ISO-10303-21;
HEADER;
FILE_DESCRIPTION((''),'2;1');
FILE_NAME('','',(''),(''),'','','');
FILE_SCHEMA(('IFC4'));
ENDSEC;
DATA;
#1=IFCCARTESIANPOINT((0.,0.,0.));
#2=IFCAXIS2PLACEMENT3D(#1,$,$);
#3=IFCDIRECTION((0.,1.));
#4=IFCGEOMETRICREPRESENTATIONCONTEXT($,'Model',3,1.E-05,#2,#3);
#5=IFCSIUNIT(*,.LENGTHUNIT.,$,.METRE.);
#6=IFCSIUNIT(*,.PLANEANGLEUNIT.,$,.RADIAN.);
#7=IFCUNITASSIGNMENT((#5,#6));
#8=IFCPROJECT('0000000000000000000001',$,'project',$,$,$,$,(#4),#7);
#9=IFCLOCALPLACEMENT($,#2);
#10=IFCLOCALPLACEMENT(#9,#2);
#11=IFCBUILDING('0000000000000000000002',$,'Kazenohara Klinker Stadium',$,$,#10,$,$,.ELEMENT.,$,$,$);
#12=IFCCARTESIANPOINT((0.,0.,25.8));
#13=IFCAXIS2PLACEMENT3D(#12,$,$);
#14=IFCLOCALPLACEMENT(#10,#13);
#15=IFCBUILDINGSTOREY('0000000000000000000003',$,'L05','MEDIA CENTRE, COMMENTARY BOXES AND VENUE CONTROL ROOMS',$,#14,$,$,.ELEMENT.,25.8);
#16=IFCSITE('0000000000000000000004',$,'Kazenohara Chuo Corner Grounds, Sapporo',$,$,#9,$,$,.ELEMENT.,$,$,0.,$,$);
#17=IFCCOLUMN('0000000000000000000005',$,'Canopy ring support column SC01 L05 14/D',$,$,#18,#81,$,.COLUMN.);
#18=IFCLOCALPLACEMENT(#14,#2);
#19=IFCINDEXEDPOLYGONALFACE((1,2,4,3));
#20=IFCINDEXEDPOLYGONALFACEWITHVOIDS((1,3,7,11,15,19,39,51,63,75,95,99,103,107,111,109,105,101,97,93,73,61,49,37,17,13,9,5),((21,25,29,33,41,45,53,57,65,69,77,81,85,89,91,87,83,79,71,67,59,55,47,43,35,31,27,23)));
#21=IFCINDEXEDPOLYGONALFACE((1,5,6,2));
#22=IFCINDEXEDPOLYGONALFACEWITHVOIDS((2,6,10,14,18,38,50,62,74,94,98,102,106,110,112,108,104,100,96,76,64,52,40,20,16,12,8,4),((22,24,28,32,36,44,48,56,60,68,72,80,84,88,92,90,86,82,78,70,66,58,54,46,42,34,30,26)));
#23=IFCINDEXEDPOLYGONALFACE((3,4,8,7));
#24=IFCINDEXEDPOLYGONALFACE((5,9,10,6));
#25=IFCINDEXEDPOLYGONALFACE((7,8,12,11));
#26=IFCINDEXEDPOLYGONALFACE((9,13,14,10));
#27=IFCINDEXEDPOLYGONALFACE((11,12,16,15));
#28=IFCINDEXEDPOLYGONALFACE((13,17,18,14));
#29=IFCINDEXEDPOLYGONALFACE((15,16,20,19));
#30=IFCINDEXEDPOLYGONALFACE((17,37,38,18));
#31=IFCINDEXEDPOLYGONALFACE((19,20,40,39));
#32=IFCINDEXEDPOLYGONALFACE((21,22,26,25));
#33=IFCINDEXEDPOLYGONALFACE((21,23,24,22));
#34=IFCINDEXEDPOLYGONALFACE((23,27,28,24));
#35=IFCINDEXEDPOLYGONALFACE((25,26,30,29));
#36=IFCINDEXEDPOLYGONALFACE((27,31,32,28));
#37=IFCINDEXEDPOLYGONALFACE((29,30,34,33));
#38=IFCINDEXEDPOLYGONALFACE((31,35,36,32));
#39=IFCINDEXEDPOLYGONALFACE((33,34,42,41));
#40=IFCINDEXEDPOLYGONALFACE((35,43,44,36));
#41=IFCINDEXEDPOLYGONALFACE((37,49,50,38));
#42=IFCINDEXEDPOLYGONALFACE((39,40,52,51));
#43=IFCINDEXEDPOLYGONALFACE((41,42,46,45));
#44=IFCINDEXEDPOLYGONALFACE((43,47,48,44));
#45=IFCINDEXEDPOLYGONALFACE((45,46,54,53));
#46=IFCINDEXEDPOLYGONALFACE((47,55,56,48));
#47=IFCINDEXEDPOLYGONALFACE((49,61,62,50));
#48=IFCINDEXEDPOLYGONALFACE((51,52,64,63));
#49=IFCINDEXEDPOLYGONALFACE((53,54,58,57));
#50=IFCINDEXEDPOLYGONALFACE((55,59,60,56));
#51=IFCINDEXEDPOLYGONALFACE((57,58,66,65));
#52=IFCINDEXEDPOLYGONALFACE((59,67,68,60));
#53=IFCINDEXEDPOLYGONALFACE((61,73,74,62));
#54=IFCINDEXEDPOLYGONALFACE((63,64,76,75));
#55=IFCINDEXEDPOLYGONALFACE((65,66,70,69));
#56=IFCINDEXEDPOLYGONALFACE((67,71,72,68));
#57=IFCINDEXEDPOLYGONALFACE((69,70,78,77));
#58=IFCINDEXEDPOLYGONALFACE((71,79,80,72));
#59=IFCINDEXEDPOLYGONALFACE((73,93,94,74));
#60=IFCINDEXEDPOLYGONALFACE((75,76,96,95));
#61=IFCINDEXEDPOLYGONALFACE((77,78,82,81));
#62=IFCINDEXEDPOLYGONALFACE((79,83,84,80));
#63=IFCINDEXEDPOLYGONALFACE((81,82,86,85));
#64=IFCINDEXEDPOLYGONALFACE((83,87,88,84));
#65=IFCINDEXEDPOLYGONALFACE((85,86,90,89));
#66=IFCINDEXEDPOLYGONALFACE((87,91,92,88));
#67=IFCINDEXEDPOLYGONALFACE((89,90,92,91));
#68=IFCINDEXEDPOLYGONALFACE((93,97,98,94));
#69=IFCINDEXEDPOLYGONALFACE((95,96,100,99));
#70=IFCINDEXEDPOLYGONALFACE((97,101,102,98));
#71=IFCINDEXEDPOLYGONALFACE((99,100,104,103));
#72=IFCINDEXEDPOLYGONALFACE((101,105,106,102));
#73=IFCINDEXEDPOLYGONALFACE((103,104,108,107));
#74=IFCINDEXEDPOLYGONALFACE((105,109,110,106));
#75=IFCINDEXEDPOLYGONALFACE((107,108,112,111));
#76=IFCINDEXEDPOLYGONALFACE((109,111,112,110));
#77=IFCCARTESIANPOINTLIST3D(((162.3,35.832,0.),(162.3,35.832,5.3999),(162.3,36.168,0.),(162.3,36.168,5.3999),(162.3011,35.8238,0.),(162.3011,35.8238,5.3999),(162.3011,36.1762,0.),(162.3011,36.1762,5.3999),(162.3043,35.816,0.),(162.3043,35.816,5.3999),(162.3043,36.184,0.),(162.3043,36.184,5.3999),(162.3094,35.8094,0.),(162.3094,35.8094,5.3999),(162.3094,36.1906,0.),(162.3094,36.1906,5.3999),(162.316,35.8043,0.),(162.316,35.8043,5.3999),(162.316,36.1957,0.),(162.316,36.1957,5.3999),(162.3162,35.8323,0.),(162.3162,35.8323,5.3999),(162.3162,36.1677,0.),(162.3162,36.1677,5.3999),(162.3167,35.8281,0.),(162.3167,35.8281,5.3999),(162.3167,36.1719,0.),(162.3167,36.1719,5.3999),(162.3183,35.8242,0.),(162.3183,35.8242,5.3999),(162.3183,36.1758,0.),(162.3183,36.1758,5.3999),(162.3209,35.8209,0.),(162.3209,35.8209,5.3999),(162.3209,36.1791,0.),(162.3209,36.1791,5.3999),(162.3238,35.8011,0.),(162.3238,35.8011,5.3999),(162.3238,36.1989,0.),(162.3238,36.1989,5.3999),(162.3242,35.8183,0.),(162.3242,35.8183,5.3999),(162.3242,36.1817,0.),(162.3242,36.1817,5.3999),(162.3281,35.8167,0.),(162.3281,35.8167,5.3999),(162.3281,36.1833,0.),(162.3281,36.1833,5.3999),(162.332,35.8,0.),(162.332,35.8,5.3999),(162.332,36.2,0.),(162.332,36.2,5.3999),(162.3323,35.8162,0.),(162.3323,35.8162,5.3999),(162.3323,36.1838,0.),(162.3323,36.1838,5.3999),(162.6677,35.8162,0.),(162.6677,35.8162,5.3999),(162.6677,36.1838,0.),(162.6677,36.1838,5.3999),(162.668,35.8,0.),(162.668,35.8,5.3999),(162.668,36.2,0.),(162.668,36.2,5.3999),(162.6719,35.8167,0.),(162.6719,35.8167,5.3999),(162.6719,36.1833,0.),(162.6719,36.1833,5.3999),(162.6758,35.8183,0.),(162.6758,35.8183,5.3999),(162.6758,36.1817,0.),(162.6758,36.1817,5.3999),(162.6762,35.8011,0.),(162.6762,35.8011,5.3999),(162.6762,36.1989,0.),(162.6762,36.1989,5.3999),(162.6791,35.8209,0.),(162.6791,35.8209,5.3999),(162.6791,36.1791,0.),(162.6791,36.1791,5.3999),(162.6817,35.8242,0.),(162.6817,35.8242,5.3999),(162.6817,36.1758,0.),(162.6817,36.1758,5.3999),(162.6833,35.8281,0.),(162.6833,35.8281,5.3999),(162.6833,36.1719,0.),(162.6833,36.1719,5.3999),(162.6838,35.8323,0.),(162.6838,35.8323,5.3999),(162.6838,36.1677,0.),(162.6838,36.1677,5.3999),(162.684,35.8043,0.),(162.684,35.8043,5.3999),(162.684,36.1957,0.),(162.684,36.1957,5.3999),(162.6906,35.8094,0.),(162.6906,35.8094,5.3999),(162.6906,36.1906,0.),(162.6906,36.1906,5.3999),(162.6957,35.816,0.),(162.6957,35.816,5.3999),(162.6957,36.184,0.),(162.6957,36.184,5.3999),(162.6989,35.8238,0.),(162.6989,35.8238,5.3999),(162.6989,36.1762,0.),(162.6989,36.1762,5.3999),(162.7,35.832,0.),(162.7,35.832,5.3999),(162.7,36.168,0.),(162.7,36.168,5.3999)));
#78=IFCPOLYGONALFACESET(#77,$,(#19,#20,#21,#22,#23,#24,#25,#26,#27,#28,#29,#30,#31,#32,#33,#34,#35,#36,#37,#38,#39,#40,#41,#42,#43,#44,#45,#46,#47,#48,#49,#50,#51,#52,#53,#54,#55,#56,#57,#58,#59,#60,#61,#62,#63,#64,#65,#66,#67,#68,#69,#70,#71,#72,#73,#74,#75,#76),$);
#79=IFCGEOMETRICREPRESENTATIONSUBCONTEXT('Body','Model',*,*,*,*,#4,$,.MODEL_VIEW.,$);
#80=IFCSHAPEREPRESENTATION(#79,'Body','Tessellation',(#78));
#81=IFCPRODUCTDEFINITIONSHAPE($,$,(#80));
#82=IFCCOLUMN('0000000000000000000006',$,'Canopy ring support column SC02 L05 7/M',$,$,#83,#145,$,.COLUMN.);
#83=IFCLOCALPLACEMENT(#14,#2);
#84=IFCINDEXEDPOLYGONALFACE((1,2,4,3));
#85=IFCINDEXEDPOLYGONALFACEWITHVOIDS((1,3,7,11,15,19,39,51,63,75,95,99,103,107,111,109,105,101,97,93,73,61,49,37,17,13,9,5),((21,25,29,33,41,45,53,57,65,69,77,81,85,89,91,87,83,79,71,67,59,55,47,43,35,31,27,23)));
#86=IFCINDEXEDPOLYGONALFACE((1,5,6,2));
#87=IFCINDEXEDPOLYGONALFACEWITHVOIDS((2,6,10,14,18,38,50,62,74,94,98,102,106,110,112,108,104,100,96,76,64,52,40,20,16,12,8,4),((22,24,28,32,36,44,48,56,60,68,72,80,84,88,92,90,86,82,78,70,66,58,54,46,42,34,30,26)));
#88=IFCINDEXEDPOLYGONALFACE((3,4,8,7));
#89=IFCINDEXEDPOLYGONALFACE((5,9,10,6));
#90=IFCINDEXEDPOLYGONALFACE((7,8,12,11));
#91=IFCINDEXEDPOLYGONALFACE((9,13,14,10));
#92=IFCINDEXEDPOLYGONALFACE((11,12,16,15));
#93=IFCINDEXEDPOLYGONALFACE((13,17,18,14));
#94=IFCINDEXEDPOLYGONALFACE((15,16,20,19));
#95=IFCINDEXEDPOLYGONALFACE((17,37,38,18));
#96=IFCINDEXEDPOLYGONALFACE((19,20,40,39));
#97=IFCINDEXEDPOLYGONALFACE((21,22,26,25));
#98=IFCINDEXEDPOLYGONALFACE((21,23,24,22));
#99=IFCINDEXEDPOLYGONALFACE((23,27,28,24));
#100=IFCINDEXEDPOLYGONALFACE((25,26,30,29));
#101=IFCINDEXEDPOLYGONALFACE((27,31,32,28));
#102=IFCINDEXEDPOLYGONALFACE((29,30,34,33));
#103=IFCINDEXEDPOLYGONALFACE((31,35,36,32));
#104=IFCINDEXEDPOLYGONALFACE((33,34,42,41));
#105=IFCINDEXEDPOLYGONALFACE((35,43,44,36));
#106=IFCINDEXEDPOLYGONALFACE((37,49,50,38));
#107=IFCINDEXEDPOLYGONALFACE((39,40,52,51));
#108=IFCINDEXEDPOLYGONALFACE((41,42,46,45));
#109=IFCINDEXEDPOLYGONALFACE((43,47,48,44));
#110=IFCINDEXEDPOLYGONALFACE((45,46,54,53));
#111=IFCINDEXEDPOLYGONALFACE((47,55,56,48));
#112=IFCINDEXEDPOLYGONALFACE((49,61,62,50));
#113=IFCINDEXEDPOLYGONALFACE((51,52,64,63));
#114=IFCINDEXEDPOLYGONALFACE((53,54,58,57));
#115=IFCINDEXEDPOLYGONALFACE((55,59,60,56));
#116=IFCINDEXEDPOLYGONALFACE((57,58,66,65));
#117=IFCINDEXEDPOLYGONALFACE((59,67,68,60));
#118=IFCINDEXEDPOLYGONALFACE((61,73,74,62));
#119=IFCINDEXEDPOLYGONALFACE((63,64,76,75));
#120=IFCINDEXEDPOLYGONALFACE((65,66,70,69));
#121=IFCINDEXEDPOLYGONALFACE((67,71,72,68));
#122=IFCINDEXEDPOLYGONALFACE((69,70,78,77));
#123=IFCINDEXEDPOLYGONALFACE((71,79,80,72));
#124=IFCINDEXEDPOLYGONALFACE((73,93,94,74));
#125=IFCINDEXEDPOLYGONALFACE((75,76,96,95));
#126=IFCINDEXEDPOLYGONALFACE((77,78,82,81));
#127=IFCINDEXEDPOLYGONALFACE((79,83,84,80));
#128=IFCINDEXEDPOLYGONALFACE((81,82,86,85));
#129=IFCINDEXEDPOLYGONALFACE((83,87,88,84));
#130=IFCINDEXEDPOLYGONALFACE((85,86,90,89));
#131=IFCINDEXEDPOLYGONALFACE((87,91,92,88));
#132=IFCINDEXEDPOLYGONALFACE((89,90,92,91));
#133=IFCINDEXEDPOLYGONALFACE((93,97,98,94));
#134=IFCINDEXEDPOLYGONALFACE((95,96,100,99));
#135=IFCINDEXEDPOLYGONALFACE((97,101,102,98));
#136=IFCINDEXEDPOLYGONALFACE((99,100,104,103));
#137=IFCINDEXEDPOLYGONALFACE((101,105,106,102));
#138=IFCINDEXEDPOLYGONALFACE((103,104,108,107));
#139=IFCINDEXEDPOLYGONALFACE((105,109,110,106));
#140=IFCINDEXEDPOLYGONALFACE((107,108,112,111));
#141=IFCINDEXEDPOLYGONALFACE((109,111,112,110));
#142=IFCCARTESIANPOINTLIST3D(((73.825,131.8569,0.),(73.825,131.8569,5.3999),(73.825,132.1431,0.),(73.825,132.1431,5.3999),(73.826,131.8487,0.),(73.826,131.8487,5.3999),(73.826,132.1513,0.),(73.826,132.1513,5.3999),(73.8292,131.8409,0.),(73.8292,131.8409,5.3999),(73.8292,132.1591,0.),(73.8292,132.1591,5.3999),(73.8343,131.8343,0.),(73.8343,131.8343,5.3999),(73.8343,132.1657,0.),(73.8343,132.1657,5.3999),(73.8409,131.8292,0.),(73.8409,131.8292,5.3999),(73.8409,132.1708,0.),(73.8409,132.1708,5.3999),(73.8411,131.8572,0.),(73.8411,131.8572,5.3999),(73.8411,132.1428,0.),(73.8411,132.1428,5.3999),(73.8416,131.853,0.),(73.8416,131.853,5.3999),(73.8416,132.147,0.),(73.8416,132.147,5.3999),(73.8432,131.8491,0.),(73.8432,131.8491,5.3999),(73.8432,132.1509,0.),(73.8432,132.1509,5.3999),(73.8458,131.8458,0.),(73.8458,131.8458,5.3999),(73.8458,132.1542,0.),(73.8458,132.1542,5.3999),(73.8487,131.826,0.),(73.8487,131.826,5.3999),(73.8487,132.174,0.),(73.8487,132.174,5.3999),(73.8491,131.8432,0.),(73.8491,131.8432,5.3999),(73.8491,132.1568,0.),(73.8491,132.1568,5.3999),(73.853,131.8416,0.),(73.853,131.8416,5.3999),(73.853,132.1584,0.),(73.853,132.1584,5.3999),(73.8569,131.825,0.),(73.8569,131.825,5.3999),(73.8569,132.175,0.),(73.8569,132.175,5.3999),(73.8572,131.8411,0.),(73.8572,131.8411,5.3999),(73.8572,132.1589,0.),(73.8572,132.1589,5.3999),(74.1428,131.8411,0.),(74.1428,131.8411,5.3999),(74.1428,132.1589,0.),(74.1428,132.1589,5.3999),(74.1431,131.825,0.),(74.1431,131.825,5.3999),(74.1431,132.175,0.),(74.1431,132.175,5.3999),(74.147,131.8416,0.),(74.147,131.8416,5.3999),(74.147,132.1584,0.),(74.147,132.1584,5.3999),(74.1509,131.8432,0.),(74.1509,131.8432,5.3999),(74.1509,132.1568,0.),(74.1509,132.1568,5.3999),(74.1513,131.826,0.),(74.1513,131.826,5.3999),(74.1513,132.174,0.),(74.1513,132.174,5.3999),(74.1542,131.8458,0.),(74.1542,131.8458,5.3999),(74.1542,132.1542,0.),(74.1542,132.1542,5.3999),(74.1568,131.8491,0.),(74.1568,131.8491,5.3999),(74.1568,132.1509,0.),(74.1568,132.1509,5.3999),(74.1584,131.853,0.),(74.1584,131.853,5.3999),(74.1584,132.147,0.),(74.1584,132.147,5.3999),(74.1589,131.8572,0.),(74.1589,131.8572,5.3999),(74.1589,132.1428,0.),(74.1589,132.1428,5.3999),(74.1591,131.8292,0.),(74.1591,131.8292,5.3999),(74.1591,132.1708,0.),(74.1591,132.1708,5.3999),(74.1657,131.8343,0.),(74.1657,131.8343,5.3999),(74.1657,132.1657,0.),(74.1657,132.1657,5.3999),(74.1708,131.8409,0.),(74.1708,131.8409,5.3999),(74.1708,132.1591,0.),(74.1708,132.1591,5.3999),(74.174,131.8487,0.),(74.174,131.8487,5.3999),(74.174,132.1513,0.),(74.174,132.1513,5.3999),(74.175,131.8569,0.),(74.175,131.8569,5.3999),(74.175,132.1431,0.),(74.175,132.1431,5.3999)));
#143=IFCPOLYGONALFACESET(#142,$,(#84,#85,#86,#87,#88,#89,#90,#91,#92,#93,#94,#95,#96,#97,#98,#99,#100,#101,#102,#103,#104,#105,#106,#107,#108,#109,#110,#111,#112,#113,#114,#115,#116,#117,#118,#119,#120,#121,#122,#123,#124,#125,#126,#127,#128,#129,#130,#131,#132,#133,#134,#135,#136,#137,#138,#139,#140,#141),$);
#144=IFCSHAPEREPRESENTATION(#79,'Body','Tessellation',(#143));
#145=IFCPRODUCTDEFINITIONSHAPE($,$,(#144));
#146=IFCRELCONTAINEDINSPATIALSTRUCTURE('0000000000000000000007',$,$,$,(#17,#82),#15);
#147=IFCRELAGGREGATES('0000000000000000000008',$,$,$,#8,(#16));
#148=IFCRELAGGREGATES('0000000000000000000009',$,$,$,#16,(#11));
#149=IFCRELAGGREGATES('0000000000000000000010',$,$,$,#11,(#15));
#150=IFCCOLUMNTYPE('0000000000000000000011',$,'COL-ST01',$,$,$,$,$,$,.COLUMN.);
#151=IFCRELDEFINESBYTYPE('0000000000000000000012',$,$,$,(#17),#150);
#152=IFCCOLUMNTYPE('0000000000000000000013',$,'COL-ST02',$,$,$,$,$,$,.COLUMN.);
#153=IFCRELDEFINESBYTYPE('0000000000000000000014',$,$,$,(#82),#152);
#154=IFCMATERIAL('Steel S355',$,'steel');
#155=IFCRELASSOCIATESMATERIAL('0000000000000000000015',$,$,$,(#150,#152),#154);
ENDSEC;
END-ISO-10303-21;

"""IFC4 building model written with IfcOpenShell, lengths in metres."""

from ifc_helpers import new_model, si_unit, direction, frame, origin, origin_2d, place, context, subcontext, project, spatial, hollow_rectangle, extrude, material, material_profile, profile_set, type_object, element, save


model = new_model("IFC4")

# Units and contexts
model_context = context("Model", 3, precision=1e-05, world=origin(), true_north=direction((0.0, 1.0)))
body_context = subcontext(model_context, "Body", "Model", "MODEL_VIEW")
ifc_project = project(units=[si_unit("LENGTHUNIT", "METRE"), si_unit("PLANEANGLEUNIT", "RADIAN")], contexts=[model_context])

# Site, building, storey
site_placement = place(None, origin())
site = spatial("IfcSite", under=ifc_project, at=site_placement, Name="Kazenohara Chuo Corner Grounds, Sapporo", CompositionType="ELEMENT", RefElevation=0.0)
building_placement = place(site_placement, origin())
building = spatial("IfcBuilding", under=site, at=building_placement, Name="Kazenohara Klinker Stadium", CompositionType="ELEMENT")
storey_placement = place(building_placement, frame((0.0, 0.0, 25.8)))
storey = spatial("IfcBuildingStorey", under=building, at=storey_placement, Name="L05", Description="MEDIA CENTRE, COMMENTARY BOXES AND VENUE CONTROL ROOMS", CompositionType="ELEMENT", Elevation=25.8)

# Columns
ifc_material_1 = material(Name="Steel S355", Category="steel")
ifc_material_profile_1 = material_profile(ifc_material_1, hollow_rectangle(XDim=0.3999, YDim=0.3999, WallThickness=0.0161, InnerFilletRadius=0.0161, OuterFilletRadius=0.032, at=origin_2d()), Name="SHS-400x400x16")
ifc_profile_set_1 = profile_set([ifc_material_profile_1], Name="Steel S355")
column_type_1 = type_object("IfcColumnType", Name="COL-ST01", PredefinedType="COLUMN", material=ifc_profile_set_1)
for number, where, z_axis, x_axis, name in (
    (1, (162.5, 36.0, 0.0), (0.0, 0.0, 1.0), (1.0, 0.0, 0.0), "Canopy ring support column SC01 L05 14/D"),
):
    element("IfcColumn", number, at=place(storey_placement, frame(where, z_axis=z_axis, x_axis=x_axis)), inside=storey, type_object=column_type_1, Name=name, PredefinedType="COLUMN", context=body_context, shape_type="SweptSolid", body=[
        extrude(hollow_rectangle(XDim=0.3999, YDim=0.3999, WallThickness=0.0161, InnerFilletRadius=0.0161, OuterFilletRadius=0.032, at=origin_2d()), origin(), (0.0, 0.0, 1.0), 5.3999),
    ])
ifc_material_profile_2 = material_profile(ifc_material_1, hollow_rectangle(XDim=0.3501, YDim=0.3501, WallThickness=0.0161, InnerFilletRadius=0.0161, OuterFilletRadius=0.032, at=origin_2d()), Name="SHS-350x350x16")
ifc_profile_set_2 = profile_set([ifc_material_profile_2], Name="Steel S355")
column_type_2 = type_object("IfcColumnType", Name="COL-ST02", PredefinedType="COLUMN", material=ifc_profile_set_2)
for number, where, z_axis, x_axis, name in (
    (2, (74.0, 132.0, 0.0), (0.0, 0.0, 1.0), (1.0, 0.0, 0.0), "Canopy ring support column SC02 L05 7/M"),
):
    element("IfcColumn", number, at=place(storey_placement, frame(where, z_axis=z_axis, x_axis=x_axis)), inside=storey, type_object=column_type_2, Name=name, PredefinedType="COLUMN", context=body_context, shape_type="SweptSolid", body=[
        extrude(hollow_rectangle(XDim=0.3501, YDim=0.3501, WallThickness=0.0161, InnerFilletRadius=0.0161, OuterFilletRadius=0.032, at=origin_2d()), origin(), (0.0, 0.0, 1.0), 5.3999),
    ])

save(model, "model.ifc")
